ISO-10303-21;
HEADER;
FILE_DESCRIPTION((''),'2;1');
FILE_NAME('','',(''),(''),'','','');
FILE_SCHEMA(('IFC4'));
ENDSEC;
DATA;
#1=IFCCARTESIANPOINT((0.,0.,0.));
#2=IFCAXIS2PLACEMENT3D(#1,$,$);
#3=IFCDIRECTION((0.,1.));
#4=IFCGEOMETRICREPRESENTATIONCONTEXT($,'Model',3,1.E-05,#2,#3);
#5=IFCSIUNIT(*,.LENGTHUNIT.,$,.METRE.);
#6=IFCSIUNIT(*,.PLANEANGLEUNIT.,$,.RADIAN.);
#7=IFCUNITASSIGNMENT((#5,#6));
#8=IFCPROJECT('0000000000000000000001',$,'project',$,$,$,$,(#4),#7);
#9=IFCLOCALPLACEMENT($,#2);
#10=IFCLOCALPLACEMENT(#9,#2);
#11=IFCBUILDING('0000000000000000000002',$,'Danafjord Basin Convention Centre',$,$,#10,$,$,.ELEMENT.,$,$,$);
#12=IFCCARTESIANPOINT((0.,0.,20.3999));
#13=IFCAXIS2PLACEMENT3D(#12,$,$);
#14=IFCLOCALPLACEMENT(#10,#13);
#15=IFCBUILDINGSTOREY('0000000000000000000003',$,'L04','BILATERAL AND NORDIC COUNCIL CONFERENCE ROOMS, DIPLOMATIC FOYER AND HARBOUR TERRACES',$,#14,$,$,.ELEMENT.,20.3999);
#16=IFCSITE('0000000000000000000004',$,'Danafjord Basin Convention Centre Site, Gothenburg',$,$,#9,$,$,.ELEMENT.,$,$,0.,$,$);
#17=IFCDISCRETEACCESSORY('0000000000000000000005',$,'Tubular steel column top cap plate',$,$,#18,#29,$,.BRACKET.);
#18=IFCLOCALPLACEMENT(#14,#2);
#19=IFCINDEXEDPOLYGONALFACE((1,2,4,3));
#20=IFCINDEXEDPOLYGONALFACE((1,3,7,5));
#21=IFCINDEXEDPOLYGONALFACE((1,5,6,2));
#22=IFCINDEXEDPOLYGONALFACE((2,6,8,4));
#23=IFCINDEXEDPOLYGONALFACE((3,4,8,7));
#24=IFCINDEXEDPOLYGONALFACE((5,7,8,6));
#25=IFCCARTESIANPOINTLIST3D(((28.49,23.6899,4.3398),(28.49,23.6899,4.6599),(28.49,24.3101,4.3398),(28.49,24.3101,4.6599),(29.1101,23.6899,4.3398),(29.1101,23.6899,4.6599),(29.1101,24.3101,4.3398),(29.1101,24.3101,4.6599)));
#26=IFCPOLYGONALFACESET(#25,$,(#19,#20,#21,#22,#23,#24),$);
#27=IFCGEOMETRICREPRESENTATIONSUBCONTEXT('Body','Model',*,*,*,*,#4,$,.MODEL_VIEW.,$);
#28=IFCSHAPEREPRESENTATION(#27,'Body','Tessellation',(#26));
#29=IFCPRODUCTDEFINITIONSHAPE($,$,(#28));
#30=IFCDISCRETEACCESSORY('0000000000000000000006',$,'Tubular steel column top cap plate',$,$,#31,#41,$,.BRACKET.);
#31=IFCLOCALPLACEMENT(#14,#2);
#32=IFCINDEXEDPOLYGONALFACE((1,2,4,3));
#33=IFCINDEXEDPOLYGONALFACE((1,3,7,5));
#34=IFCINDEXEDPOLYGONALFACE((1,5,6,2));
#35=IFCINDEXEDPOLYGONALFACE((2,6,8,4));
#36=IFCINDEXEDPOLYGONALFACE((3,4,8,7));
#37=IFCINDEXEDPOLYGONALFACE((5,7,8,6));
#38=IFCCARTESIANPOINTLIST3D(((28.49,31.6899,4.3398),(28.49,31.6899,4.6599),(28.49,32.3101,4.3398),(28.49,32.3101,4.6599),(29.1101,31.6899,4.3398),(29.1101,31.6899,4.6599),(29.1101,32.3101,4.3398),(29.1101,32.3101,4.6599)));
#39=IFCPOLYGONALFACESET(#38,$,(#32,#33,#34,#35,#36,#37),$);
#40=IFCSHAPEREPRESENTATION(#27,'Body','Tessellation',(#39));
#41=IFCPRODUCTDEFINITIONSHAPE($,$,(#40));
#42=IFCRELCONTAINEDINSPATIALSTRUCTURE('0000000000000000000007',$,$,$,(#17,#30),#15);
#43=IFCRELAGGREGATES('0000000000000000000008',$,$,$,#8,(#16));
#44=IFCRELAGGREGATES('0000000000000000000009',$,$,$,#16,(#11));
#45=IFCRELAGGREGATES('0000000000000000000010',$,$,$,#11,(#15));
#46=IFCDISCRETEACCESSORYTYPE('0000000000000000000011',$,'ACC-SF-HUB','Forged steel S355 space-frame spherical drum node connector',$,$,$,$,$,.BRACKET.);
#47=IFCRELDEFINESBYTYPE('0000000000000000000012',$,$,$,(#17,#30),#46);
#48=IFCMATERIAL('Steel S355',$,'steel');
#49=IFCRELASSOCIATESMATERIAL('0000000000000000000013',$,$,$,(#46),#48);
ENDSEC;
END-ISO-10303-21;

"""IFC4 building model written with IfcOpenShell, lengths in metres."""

from ifc_helpers import new_model, si_unit, direction, frame, origin, origin_2d, place, context, subcontext, project, spatial, rectangle, extrude, material, type_object, element, save


model = new_model("IFC4")

# Units and contexts
model_context = context("Model", 3, precision=1e-05, world=origin(), true_north=direction((0.0, 1.0)))
body_context = subcontext(model_context, "Body", "Model", "MODEL_VIEW")
ifc_project = project(units=[si_unit("LENGTHUNIT", "METRE"), si_unit("PLANEANGLEUNIT", "RADIAN")], contexts=[model_context])

# Site, building, storey
site_placement = place(None, origin())
site = spatial("IfcSite", under=ifc_project, at=site_placement, Name="Danafjord Basin Convention Centre Site, Gothenburg", CompositionType="ELEMENT", RefElevation=0.0)
building_placement = place(site_placement, origin())
building = spatial("IfcBuilding", under=site, at=building_placement, Name="Danafjord Basin Convention Centre", CompositionType="ELEMENT")
storey_placement = place(building_placement, frame((0.0, 0.0, 20.3999)))
storey = spatial("IfcBuildingStorey", under=building, at=storey_placement, Name="L04", Description="BILATERAL AND NORDIC COUNCIL CONFERENCE ROOMS, DIPLOMATIC FOYER AND HARBOUR TERRACES", CompositionType="ELEMENT", Elevation=20.3999)

# Shared definitions
ifc_material_1 = material(Name="Steel S355", Category="steel")

# Discrete accessories
discrete_accessory_type = type_object("IfcDiscreteAccessoryType", Name="ACC-SF-HUB", Description="Forged steel S355 space-frame spherical drum node connector", PredefinedType="BRACKET", material=ifc_material_1)
for number, where, z_axis, x_axis, name in (
    (1, (28.8, 24.0, 4.3398), (0.0, 0.0, 1.0), (1.0, 0.0, 0.0), "Tubular steel column top cap plate"),
    (2, (28.8, 32.0, 4.3398), (0.0, 0.0, 1.0), (1.0, 0.0, 0.0), "Tubular steel column top cap plate"),
):
    element("IfcDiscreteAccessory", number, at=place(storey_placement, frame(where, z_axis=z_axis, x_axis=x_axis)), inside=storey, type_object=discrete_accessory_type, Name=name, PredefinedType="BRACKET", context=body_context, shape_type="SweptSolid", body=[
        extrude(rectangle(XDim=0.6201, YDim=0.6201, at=origin_2d()), origin(), (0.0, 0.0, 1.0), 0.3201),
    ])

save(model, "model.ifc")
